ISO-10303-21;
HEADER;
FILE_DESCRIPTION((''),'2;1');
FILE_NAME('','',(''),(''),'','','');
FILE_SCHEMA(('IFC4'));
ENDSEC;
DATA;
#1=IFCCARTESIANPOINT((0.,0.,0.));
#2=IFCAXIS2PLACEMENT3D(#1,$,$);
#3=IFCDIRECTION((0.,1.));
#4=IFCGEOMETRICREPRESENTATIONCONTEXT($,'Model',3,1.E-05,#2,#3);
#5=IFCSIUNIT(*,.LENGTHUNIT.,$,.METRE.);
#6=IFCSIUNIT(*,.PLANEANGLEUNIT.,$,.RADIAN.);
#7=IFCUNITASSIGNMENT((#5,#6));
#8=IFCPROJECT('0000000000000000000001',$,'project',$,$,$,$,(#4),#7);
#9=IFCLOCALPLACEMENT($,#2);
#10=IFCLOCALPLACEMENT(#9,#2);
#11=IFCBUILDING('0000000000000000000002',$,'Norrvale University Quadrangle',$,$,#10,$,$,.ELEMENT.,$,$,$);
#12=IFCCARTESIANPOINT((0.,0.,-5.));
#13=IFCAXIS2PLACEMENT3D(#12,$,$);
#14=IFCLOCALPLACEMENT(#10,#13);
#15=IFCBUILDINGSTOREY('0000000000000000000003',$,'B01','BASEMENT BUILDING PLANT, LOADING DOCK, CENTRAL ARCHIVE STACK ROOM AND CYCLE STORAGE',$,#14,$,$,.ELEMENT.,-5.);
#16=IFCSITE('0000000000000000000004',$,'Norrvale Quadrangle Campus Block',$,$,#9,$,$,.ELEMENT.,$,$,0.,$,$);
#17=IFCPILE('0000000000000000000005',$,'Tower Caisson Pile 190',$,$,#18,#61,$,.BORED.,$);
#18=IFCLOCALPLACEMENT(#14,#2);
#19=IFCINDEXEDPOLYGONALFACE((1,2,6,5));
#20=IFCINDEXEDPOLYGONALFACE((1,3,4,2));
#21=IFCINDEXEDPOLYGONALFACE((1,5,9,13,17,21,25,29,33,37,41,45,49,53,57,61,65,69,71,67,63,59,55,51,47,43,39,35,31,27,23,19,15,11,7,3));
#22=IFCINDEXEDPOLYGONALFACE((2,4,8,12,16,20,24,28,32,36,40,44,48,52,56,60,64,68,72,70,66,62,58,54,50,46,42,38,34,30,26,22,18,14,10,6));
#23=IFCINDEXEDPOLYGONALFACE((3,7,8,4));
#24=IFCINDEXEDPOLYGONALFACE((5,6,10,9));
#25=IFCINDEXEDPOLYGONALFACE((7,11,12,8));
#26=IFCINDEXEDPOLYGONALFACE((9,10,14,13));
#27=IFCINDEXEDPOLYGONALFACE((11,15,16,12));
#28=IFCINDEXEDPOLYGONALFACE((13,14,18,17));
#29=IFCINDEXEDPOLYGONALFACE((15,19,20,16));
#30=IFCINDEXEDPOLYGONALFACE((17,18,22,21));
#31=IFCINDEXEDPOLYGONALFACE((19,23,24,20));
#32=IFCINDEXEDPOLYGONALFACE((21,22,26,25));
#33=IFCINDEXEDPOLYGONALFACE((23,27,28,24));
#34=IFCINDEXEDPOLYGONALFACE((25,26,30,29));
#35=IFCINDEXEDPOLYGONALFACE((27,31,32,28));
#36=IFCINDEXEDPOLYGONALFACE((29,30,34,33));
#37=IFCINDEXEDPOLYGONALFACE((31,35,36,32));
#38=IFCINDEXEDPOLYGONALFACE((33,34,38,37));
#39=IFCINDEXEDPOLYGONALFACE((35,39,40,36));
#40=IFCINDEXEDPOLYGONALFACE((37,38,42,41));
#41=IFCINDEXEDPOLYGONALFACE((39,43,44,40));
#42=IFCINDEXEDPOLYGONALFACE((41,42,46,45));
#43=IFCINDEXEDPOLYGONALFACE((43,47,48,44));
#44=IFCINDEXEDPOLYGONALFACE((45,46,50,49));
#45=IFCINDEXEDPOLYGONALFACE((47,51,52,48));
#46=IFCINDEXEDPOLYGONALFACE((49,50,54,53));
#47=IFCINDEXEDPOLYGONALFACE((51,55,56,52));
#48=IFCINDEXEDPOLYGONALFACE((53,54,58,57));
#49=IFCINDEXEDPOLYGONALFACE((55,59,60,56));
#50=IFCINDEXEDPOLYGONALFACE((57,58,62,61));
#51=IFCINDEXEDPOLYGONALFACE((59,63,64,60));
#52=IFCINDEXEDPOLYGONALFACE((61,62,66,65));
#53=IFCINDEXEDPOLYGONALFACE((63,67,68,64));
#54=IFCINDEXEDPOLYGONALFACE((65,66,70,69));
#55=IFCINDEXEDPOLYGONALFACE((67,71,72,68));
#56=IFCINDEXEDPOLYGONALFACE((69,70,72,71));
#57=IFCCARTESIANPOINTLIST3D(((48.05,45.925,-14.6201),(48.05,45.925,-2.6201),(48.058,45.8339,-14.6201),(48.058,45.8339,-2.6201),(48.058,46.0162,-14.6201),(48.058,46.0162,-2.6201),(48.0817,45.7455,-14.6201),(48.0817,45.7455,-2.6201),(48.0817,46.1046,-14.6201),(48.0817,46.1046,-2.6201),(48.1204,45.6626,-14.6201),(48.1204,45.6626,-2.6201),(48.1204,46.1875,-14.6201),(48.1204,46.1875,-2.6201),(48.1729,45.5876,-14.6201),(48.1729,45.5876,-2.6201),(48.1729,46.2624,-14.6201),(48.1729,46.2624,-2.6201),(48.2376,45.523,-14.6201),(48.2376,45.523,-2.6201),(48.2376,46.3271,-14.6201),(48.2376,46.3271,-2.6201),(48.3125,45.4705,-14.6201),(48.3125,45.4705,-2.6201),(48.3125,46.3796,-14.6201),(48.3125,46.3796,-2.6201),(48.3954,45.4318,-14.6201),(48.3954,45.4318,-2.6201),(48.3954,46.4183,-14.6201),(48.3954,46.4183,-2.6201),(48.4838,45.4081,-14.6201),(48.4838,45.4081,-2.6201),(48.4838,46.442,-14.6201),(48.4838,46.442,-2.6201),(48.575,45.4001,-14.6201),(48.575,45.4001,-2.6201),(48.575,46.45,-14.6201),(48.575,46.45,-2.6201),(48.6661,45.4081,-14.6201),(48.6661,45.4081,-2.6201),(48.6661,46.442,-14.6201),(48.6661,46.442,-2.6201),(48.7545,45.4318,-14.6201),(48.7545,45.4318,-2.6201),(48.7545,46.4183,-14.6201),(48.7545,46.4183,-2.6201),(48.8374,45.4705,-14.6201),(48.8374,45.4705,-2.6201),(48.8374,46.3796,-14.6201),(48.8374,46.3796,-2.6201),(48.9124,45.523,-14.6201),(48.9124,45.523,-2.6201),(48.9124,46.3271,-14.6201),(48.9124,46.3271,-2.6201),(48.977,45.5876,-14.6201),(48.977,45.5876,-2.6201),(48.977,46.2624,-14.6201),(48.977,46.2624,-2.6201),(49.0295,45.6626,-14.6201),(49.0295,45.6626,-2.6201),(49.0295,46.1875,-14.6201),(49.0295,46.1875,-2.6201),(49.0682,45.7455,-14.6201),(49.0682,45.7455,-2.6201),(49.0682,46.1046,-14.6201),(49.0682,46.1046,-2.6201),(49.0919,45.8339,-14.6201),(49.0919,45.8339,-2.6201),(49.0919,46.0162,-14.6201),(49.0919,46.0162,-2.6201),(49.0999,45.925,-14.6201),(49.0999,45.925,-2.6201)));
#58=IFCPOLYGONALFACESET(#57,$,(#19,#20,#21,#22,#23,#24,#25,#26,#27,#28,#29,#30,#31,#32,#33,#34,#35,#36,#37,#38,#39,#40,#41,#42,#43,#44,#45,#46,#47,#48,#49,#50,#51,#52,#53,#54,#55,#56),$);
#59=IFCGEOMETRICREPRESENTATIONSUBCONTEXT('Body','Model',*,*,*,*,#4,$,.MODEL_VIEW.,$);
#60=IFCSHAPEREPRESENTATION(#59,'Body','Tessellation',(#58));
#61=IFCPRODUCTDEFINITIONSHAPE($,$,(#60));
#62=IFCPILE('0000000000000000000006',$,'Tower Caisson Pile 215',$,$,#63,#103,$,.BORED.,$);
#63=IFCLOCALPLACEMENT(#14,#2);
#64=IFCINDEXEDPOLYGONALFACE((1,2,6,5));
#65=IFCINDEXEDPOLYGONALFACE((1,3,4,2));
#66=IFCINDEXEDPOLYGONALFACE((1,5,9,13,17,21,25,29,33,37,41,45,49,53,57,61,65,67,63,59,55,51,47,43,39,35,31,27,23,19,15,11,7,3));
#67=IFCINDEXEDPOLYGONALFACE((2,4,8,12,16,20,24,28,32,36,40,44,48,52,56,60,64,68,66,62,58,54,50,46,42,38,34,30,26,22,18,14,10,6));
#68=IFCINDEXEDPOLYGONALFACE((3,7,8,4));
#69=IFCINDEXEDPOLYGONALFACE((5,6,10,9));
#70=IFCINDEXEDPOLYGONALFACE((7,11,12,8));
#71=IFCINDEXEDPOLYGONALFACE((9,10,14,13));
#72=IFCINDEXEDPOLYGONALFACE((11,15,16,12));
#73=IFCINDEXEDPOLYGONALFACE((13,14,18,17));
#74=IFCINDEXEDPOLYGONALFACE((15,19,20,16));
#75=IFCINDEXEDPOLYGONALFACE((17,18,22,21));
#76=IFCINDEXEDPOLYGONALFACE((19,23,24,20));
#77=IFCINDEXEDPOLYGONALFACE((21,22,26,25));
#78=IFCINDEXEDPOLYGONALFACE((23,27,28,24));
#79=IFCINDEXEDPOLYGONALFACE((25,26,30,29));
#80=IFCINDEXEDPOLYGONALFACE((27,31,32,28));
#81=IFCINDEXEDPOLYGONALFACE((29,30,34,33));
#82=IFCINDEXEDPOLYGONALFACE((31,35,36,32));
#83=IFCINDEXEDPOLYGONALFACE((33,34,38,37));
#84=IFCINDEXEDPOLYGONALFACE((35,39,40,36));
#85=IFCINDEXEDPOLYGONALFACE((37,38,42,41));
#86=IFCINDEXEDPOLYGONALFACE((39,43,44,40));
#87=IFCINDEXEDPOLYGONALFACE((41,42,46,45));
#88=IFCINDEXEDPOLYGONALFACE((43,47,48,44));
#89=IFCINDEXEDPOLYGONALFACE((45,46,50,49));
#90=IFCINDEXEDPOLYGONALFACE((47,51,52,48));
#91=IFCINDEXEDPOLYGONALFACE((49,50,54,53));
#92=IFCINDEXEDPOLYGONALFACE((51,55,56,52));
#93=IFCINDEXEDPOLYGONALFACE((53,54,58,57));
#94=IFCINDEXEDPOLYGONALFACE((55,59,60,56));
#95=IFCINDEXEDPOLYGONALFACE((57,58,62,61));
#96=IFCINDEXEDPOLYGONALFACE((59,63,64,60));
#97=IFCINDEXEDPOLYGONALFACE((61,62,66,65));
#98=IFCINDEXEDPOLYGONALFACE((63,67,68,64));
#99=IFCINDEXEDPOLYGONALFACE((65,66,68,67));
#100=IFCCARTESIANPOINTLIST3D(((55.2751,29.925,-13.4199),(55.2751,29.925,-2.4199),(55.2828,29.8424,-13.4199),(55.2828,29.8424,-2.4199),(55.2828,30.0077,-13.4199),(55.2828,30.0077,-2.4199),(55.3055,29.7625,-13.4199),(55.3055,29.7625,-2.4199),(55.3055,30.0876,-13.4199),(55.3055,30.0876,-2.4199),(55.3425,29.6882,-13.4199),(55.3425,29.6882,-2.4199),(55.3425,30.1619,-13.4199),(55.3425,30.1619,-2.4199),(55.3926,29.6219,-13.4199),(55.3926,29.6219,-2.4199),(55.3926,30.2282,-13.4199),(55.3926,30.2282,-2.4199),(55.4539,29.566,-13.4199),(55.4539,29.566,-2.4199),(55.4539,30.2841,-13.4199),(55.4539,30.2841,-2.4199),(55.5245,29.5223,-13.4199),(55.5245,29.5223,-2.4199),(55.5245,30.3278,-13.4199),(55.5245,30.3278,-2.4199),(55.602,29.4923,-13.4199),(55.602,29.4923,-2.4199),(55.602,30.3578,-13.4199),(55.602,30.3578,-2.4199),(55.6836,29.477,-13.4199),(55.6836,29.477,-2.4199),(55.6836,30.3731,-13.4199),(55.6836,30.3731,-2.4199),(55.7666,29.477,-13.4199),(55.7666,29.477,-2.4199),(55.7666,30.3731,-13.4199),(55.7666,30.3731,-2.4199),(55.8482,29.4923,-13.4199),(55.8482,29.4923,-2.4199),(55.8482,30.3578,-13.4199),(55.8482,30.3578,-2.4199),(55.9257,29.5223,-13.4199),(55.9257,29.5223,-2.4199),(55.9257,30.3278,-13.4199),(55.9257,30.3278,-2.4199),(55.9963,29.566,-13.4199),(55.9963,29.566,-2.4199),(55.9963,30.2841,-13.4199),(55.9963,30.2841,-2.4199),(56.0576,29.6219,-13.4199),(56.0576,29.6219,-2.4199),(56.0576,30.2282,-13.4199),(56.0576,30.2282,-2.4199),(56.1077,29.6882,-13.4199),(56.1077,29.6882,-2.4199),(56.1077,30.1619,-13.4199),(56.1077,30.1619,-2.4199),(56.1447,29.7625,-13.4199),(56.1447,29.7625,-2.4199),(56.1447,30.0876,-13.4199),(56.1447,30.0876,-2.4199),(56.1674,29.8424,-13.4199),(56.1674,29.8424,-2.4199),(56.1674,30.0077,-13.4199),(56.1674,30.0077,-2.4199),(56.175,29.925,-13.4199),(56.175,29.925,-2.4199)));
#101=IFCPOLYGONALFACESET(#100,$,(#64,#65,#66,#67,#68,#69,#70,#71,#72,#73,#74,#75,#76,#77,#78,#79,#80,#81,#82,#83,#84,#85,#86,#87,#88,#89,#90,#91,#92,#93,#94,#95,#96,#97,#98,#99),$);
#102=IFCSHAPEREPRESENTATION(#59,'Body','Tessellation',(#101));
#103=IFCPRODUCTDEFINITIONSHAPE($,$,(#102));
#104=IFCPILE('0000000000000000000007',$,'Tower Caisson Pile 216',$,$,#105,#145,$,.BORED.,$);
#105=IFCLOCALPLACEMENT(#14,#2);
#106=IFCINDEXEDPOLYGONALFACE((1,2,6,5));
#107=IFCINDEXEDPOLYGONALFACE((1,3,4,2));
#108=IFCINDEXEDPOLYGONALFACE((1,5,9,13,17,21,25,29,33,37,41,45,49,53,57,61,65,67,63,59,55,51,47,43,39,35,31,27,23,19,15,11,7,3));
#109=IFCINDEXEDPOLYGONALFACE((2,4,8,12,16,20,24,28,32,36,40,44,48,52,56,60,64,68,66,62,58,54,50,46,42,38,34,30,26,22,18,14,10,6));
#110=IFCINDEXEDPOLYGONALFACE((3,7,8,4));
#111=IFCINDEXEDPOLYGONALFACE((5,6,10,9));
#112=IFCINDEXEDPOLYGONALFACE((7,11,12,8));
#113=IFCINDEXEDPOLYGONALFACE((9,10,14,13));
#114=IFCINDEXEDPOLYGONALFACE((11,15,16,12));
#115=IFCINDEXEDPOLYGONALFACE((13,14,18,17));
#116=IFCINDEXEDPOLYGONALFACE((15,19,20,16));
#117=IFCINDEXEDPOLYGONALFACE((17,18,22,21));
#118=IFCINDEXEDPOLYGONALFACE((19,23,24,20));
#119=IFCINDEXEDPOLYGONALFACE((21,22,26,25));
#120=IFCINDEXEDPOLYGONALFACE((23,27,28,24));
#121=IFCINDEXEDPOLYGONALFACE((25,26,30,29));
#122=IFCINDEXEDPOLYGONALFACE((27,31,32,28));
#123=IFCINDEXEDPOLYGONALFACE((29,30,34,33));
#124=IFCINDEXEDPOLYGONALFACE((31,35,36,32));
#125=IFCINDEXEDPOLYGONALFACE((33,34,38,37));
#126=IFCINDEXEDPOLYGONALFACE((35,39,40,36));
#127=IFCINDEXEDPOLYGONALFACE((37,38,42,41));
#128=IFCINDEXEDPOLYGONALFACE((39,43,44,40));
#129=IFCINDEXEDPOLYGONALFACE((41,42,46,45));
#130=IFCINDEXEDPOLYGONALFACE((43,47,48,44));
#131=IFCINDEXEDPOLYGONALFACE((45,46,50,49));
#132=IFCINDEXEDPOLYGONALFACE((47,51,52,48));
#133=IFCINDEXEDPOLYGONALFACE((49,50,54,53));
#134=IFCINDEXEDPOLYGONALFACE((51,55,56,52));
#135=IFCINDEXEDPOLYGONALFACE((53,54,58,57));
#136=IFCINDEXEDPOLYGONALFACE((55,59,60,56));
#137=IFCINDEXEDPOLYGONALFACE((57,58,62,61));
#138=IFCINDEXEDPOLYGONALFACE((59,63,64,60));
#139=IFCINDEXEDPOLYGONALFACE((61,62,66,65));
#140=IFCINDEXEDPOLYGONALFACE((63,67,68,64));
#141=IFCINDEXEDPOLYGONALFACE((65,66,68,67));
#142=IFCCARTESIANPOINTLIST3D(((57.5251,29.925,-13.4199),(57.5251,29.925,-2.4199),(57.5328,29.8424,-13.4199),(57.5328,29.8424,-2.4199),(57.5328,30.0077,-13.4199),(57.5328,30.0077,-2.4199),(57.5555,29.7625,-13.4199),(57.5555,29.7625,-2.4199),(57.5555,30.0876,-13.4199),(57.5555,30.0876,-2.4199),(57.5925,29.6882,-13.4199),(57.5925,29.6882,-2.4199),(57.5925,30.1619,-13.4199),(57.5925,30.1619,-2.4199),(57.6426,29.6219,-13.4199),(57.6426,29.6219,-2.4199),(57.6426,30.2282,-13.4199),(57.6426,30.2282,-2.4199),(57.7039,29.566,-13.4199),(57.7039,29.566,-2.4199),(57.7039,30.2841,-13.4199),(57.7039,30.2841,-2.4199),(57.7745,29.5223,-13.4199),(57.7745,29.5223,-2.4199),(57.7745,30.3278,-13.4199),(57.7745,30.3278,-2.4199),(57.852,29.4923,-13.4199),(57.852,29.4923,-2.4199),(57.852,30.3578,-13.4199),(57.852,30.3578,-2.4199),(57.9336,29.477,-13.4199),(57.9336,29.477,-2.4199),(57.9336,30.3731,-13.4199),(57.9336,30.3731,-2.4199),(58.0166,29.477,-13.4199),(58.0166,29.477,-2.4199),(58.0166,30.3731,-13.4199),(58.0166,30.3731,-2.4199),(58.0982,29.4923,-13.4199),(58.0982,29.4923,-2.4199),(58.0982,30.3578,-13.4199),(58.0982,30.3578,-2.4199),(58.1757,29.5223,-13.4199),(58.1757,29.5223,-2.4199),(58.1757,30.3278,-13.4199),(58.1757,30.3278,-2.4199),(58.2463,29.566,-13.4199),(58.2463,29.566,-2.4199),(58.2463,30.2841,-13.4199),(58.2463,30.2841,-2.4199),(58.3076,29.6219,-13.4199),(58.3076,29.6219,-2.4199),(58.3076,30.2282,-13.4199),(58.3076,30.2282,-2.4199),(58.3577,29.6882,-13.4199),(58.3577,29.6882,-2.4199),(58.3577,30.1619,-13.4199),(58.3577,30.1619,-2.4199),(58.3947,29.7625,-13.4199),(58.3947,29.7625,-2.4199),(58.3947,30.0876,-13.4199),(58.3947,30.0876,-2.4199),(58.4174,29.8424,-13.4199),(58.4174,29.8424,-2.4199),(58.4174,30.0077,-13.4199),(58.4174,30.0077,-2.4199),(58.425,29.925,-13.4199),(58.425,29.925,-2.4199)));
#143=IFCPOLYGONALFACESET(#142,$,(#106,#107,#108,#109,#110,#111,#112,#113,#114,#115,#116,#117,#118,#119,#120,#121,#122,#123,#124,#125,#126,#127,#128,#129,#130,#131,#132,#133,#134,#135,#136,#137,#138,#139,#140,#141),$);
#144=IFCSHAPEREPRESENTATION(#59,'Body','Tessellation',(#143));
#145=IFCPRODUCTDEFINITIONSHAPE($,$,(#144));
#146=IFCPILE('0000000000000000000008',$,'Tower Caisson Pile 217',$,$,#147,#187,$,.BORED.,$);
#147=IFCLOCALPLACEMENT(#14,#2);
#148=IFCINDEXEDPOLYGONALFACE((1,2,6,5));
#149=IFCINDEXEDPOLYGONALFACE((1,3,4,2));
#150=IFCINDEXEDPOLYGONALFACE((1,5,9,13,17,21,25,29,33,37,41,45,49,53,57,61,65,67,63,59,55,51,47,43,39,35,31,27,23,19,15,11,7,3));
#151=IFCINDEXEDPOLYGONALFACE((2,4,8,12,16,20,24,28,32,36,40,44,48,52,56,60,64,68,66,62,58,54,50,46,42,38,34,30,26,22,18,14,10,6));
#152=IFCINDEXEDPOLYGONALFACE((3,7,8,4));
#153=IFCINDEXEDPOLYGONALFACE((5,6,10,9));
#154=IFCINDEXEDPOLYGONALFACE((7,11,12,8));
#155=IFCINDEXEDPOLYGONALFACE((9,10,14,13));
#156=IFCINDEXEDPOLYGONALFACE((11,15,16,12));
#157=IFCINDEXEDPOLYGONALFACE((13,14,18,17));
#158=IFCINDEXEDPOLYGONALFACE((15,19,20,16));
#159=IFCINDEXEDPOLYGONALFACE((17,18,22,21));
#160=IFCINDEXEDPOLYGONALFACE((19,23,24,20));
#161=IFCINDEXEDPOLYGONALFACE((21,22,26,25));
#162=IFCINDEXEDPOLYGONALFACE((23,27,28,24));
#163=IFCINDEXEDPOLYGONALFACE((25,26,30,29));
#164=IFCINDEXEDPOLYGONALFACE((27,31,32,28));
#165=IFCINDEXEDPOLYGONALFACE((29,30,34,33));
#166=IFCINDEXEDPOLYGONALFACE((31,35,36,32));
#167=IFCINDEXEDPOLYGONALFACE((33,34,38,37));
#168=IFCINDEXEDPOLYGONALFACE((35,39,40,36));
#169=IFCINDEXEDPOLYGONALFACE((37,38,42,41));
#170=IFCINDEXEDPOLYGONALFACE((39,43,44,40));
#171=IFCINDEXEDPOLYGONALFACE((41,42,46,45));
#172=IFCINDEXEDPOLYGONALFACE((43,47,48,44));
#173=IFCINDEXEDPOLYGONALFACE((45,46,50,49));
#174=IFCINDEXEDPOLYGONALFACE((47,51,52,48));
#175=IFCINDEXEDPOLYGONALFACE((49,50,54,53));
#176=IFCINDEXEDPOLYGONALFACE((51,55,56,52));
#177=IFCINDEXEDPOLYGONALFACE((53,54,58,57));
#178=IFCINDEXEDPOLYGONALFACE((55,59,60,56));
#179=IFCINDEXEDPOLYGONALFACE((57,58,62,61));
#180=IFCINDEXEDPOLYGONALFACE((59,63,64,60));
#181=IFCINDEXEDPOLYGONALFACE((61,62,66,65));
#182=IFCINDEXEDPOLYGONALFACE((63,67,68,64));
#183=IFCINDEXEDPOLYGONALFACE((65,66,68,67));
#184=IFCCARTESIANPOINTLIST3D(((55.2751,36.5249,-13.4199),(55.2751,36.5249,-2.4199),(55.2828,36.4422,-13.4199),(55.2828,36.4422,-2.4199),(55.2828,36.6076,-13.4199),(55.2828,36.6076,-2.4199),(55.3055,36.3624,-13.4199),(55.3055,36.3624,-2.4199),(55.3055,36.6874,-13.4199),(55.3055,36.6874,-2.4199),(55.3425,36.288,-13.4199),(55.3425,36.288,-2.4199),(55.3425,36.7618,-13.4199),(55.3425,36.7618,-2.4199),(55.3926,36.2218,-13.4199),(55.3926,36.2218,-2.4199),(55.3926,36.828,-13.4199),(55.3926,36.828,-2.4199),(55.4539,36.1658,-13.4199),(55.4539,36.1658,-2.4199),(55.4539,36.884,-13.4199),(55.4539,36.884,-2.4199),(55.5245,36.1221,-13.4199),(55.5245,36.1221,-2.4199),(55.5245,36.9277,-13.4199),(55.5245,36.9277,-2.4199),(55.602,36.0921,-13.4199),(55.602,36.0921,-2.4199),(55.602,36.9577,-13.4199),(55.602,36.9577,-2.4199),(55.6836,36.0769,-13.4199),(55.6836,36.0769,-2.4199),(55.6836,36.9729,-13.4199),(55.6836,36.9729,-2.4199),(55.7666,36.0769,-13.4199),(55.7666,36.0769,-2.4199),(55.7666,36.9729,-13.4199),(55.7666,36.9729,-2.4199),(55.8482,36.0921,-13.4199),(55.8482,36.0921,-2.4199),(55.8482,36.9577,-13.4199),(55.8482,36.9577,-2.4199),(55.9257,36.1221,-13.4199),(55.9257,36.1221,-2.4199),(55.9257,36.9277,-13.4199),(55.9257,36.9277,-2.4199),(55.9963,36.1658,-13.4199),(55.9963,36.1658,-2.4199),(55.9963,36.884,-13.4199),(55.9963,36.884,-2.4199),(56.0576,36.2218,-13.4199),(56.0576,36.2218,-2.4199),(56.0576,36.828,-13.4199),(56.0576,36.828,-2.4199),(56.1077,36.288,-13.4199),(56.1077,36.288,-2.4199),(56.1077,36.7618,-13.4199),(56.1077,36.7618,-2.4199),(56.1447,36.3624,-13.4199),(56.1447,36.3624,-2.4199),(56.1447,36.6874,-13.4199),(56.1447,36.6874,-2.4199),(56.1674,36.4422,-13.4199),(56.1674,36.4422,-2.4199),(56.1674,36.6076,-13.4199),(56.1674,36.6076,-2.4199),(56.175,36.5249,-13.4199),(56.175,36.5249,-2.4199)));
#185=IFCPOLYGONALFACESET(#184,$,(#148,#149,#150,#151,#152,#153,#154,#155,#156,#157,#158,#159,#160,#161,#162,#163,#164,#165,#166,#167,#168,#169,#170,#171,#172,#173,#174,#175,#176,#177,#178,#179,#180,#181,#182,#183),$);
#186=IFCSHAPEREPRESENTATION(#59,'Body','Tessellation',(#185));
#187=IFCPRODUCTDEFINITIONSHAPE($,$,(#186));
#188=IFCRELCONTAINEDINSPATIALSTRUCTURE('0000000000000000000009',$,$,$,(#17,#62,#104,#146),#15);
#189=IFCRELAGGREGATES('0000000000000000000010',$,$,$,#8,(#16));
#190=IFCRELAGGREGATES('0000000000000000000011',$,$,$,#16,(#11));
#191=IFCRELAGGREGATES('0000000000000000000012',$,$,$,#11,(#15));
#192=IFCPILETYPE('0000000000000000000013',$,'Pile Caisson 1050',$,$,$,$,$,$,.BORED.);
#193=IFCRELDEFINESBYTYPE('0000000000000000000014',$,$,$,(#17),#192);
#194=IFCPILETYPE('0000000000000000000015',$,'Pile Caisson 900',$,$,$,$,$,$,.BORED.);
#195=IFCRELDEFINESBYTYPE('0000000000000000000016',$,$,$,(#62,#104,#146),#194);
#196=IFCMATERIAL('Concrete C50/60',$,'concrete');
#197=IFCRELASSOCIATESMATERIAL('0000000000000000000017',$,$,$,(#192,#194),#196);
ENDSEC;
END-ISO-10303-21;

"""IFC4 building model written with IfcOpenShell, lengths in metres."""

from ifc_helpers import new_model, si_unit, direction, frame, origin, origin_2d, place, context, subcontext, project, spatial, circle, extrude, material, material_profile, profile_set, type_object, element, save


model = new_model("IFC4")

# Units and contexts
model_context = context("Model", 3, precision=1e-05, world=origin(), true_north=direction((0.0, 1.0)))
body_context = subcontext(model_context, "Body", "Model", "MODEL_VIEW")
ifc_project = project(units=[si_unit("LENGTHUNIT", "METRE"), si_unit("PLANEANGLEUNIT", "RADIAN")], contexts=[model_context])

# Site, building, storey
site_placement = place(None, origin())
site = spatial("IfcSite", under=ifc_project, at=site_placement, Name="Norrvale Quadrangle Campus Block", CompositionType="ELEMENT", RefElevation=0.0)
building_placement = place(site_placement, origin())
building = spatial("IfcBuilding", under=site, at=building_placement, Name="Norrvale University Quadrangle", CompositionType="ELEMENT")
storey_placement = place(building_placement, frame((0.0, 0.0, -5.0)))
storey = spatial("IfcBuildingStorey", under=building, at=storey_placement, Name="B01", Description="BASEMENT BUILDING PLANT, LOADING DOCK, CENTRAL ARCHIVE STACK ROOM AND CYCLE STORAGE", CompositionType="ELEMENT", Elevation=-5.0)

# Shared definitions
ifc_material_1 = material(Name="Concrete C50/60", Category="concrete")

# Piles
ifc_material_profile_1 = material_profile(ifc_material_1, circle(Radius=0.5249, at=origin_2d()), Name="Concrete C50/60")
ifc_profile_set_1 = profile_set([ifc_material_profile_1], Name="Concrete C50/60")
pile_type_1 = type_object("IfcPileType", Name="Pile Caisson 1050", PredefinedType="BORED", material=ifc_profile_set_1)
for number, where, z_axis, x_axis, name in (
    (1, (48.575, 45.925, -2.6201), (0.0, 0.0, -1.0), (1.0, 0.0, 0.0), "Tower Caisson Pile 190"),
):
    element("IfcPile", number, at=place(storey_placement, frame(where, z_axis=z_axis, x_axis=x_axis)), inside=storey, type_object=pile_type_1, Name=name, PredefinedType="BORED", context=body_context, shape_type="SweptSolid", body=[
        extrude(circle(Radius=0.5249, at=origin_2d()), origin(), (0.0, 0.0, 1.0), 12.0),
    ])
ifc_material_profile_2 = material_profile(ifc_material_1, circle(Radius=0.45, at=origin_2d()), Name="Concrete C50/60")
ifc_profile_set_2 = profile_set([ifc_material_profile_2], Name="Concrete C50/60")
pile_type_2 = type_object("IfcPileType", Name="Pile Caisson 900", PredefinedType="BORED", material=ifc_profile_set_2)
for number, where, z_axis, x_axis, name in (
    (2, (55.7251, 29.925, -2.4199), (0.0, 0.0, -1.0), (1.0, 0.0, 0.0), "Tower Caisson Pile 215"),
    (3, (57.9751, 29.925, -2.4199), (0.0, 0.0, -1.0), (1.0, 0.0, 0.0), "Tower Caisson Pile 216"),
    (4, (55.7251, 36.5249, -2.4199), (0.0, 0.0, -1.0), (1.0, 0.0, 0.0), "Tower Caisson Pile 217"),
):
    element("IfcPile", number, at=place(storey_placement, frame(where, z_axis=z_axis, x_axis=x_axis)), inside=storey, type_object=pile_type_2, Name=name, PredefinedType="BORED", context=body_context, shape_type="SweptSolid", body=[
        extrude(circle(Radius=0.45, at=origin_2d()), origin(), (0.0, 0.0, 1.0), 11.0),
    ])

save(model, "model.ifc")
